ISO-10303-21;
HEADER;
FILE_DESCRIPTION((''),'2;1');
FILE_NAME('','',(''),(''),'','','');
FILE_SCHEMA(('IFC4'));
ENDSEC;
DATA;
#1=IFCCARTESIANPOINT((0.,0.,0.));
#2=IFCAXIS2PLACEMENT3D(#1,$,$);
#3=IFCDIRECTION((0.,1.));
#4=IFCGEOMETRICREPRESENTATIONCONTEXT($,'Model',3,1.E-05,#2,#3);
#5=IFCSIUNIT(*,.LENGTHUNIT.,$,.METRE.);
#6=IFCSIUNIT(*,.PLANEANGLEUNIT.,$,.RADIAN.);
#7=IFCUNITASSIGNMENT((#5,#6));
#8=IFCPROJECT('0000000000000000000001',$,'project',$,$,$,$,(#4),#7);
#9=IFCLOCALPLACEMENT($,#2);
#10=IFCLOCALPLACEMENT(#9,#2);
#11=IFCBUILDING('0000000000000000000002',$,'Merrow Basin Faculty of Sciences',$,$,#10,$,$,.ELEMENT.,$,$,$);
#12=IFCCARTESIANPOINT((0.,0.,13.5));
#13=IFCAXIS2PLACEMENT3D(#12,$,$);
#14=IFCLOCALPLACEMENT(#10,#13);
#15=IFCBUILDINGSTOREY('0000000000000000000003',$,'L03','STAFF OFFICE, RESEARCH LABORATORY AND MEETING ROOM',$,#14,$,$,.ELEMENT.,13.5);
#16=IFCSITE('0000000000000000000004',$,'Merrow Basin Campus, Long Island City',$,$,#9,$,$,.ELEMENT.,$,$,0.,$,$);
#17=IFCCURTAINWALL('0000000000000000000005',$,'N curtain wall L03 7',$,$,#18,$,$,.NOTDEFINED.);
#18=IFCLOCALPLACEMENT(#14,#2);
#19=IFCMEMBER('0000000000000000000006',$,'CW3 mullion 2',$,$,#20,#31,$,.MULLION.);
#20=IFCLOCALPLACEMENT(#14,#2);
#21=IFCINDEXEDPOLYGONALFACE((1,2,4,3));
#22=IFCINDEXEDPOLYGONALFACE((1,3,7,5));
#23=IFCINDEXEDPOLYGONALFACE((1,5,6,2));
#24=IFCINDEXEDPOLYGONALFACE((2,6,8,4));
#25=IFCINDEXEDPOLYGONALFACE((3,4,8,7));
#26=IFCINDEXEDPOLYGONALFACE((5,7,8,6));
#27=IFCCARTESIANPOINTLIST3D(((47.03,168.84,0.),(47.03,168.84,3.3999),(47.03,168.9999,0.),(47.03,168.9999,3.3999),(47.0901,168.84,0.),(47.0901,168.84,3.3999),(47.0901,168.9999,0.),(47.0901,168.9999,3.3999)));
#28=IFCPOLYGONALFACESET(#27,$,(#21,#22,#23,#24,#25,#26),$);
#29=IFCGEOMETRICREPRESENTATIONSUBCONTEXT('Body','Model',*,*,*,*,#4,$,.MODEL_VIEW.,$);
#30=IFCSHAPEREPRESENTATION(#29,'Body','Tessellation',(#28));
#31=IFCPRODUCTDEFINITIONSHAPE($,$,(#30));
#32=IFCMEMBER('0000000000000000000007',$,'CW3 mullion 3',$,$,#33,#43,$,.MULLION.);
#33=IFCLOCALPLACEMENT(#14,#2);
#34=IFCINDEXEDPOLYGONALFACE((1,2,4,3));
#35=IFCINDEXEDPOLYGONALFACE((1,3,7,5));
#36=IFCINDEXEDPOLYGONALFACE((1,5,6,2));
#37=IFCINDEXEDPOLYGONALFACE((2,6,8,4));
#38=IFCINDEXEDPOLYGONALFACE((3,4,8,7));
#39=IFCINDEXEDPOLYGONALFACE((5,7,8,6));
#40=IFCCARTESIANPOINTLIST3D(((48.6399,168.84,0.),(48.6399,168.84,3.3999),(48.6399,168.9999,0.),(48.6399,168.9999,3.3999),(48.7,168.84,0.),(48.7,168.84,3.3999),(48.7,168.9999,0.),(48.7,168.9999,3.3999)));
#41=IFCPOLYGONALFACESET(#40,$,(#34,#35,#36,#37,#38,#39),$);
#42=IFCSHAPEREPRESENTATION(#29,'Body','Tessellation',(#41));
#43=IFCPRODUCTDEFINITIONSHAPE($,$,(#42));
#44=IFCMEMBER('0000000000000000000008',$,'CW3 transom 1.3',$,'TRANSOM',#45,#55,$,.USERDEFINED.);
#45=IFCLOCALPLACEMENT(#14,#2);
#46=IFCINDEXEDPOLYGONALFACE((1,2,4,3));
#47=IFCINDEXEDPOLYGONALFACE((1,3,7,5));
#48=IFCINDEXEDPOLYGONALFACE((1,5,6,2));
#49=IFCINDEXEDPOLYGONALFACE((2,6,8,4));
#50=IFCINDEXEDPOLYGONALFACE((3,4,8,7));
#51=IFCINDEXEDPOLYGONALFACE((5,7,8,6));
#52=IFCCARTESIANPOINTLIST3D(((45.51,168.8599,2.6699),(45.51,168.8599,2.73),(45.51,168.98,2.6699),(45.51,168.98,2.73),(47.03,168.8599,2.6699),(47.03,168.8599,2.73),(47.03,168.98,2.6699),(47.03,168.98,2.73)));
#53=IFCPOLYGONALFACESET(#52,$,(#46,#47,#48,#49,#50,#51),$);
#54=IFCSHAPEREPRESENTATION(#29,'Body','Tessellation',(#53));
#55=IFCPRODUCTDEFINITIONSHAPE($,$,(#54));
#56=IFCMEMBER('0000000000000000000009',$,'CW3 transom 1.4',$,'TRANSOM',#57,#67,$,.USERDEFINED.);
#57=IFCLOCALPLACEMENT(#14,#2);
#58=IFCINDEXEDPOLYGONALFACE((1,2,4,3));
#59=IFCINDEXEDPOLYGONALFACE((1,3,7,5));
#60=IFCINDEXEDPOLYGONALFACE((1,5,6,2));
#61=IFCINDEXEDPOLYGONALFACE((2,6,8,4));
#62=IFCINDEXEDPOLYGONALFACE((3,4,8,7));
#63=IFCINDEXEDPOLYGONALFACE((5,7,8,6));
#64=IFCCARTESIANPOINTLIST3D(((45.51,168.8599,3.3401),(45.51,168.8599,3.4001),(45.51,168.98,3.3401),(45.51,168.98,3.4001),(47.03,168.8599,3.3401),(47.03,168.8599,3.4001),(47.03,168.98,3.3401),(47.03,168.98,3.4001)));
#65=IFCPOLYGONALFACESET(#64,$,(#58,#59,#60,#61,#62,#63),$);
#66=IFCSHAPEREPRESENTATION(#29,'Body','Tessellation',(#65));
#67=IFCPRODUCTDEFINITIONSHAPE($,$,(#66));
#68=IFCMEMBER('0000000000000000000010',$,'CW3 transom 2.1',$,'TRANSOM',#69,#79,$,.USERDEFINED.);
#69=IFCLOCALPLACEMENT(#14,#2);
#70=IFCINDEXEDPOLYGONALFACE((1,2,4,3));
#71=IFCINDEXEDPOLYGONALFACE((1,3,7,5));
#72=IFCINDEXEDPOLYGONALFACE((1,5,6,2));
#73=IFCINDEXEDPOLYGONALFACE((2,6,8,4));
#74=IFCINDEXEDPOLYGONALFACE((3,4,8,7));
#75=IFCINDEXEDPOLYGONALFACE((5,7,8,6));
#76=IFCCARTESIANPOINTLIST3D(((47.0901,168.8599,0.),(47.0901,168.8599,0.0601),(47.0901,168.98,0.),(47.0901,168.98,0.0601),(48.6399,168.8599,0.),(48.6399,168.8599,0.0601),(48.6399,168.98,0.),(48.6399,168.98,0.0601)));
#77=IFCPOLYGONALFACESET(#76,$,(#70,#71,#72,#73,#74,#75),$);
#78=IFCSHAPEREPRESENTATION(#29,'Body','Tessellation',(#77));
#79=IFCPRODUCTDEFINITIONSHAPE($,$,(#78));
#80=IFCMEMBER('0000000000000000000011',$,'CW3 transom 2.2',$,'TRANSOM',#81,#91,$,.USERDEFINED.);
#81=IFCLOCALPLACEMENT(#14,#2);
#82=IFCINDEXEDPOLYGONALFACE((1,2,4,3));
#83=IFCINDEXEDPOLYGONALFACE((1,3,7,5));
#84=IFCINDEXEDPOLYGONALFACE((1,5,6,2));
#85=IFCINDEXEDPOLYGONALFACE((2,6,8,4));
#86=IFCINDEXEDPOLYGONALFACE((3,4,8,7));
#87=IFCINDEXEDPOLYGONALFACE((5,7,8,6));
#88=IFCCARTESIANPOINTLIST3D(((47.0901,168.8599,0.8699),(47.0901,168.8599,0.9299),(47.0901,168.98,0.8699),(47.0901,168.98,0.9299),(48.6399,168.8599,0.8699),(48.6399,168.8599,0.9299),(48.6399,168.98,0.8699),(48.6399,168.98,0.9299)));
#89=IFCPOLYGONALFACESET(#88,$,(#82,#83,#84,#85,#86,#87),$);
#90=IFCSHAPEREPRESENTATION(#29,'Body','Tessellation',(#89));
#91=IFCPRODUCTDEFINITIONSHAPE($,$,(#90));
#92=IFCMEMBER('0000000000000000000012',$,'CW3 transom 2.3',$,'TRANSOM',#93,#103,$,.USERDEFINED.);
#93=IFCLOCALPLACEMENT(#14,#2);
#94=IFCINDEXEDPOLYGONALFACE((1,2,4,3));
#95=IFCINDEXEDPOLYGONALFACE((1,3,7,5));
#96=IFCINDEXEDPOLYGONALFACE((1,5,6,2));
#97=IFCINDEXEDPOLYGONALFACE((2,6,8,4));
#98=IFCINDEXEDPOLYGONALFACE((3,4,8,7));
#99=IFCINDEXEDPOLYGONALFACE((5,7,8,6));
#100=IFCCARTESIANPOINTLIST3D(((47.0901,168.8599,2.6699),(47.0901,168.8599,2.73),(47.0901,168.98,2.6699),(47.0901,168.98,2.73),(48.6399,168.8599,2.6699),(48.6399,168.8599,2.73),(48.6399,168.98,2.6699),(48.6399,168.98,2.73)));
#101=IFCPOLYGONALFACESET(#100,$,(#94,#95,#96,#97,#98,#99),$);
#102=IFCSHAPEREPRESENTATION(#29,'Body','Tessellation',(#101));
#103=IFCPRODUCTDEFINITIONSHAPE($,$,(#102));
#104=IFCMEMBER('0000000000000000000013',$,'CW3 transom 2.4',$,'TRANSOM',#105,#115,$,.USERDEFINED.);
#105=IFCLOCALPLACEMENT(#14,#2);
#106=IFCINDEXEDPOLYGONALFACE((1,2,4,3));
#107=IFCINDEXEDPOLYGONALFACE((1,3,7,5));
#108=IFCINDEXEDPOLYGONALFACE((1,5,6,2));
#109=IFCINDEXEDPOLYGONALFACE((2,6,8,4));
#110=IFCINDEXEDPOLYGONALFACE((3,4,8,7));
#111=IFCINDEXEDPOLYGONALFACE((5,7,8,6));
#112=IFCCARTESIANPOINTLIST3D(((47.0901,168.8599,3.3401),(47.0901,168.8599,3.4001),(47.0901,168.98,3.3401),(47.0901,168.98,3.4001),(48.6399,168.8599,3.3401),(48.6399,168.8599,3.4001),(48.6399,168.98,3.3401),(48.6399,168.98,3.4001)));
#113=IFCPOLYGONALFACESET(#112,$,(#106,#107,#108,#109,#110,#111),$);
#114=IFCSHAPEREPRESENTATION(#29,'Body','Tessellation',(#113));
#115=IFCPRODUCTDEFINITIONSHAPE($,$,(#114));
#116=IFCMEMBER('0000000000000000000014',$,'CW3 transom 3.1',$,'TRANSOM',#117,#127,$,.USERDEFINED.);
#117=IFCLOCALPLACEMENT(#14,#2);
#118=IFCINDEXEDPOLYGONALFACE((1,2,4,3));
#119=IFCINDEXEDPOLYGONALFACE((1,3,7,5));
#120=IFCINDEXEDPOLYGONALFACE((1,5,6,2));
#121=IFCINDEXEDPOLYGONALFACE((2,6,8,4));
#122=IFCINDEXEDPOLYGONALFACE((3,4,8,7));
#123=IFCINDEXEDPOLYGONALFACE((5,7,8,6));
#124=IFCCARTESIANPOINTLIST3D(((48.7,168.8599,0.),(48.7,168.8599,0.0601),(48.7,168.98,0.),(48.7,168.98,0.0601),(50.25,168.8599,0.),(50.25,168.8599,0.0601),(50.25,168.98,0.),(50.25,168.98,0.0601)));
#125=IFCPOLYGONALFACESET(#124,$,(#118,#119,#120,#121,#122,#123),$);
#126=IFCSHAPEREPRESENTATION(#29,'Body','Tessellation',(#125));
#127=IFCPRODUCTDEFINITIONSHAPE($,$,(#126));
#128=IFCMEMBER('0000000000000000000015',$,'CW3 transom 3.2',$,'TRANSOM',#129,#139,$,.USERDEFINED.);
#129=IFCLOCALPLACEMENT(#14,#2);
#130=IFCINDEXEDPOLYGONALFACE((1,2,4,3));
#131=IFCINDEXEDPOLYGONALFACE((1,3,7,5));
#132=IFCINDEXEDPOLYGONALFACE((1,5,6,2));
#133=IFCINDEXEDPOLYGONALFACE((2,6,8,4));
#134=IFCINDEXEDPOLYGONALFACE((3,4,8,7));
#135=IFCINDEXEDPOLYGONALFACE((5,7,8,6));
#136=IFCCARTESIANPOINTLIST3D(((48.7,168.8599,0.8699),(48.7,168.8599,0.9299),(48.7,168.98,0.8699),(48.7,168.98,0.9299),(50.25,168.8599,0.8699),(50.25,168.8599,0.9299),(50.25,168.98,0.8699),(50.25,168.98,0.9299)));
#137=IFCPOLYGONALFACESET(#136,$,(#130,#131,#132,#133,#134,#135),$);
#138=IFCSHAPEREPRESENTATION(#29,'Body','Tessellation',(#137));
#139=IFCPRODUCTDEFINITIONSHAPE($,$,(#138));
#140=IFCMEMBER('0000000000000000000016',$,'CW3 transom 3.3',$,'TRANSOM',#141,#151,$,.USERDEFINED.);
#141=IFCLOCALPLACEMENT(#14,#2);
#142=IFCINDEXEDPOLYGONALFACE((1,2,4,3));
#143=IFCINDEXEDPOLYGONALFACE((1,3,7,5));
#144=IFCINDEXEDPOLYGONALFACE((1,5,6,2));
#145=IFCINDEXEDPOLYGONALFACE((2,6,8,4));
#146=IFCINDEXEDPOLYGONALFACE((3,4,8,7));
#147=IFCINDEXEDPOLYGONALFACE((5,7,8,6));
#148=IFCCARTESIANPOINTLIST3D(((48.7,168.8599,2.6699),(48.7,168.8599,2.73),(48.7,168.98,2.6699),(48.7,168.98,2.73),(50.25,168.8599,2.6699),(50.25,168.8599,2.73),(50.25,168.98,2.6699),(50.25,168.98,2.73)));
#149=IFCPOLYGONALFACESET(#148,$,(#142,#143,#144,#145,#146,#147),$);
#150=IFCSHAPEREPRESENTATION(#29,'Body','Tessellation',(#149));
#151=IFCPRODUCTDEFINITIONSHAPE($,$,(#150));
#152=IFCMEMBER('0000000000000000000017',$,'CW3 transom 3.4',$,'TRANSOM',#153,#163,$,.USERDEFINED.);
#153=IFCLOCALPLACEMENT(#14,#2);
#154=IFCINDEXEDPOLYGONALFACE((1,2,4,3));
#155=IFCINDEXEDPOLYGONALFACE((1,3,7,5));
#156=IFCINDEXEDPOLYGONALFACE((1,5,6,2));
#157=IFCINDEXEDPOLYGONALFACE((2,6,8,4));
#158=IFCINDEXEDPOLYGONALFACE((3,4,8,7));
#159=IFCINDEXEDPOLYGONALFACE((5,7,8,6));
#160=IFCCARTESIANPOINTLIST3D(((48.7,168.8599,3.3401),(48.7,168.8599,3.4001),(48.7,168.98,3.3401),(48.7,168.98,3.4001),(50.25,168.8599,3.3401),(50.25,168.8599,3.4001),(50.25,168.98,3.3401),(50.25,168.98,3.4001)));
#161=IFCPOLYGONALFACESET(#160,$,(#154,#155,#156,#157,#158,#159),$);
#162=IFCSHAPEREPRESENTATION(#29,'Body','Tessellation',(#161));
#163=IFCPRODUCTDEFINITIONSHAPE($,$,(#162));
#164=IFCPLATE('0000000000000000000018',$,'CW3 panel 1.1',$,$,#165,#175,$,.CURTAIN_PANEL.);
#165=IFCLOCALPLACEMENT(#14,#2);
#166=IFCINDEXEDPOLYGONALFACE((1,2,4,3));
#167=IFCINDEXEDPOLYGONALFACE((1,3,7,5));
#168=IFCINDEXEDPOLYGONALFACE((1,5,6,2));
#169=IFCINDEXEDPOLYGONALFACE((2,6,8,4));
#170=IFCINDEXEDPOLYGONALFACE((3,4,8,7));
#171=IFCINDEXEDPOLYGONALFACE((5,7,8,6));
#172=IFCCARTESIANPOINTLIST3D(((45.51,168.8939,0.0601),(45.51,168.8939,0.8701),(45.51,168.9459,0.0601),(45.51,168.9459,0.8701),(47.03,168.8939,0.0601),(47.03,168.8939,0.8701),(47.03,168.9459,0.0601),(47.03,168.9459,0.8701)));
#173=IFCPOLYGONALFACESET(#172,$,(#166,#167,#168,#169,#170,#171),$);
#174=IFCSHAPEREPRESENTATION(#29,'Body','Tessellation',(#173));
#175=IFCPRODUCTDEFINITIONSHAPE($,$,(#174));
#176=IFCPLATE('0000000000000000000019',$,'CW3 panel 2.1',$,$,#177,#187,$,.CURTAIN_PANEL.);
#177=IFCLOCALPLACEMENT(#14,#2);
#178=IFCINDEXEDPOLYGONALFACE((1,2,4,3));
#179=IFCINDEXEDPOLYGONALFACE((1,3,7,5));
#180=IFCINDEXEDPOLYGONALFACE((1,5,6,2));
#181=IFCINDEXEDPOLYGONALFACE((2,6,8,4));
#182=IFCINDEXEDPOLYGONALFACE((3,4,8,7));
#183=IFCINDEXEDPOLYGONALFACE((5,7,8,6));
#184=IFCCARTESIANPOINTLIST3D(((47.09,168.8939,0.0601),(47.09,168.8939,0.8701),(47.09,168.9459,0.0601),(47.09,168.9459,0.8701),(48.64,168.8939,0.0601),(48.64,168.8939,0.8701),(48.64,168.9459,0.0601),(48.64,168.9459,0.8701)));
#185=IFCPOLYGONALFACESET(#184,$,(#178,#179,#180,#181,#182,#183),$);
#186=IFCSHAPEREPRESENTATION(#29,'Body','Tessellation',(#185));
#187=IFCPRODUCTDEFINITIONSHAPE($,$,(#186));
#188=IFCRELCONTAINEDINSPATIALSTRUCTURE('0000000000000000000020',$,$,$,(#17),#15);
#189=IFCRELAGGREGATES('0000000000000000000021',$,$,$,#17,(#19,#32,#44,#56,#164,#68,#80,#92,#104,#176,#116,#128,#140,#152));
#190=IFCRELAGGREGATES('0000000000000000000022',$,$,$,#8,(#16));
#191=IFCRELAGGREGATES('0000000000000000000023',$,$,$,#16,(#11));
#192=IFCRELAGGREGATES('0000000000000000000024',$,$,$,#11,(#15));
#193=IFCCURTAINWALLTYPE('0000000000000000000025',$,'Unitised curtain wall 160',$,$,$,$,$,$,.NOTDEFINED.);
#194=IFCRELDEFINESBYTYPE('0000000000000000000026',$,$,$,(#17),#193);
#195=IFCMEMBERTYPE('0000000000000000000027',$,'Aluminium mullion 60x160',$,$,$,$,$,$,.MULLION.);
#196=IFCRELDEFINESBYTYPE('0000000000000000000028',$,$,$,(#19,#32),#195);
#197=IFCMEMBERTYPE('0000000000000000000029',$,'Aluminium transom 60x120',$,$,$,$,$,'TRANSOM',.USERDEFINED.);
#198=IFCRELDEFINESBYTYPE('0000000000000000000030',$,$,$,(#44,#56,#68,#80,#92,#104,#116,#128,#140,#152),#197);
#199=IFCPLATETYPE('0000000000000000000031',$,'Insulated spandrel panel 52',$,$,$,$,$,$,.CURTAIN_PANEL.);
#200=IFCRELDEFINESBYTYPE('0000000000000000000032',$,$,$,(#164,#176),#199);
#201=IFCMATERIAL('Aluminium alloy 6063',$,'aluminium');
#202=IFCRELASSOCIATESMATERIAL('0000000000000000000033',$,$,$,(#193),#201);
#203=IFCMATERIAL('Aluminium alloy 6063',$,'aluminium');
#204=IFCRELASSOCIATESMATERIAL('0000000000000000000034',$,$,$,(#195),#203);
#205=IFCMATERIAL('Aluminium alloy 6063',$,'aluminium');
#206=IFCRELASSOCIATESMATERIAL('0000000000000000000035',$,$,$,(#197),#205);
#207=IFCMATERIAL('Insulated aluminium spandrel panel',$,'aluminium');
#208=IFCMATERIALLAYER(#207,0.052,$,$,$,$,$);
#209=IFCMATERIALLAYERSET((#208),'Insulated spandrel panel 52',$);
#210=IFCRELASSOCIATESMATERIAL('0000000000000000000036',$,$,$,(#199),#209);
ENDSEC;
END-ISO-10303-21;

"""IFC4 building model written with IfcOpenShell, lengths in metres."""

from ifc_helpers import new_model, si_unit, direction, frame, origin, origin_2d, place, context, subcontext, project, spatial, rectangle, extrude, material, layer, layer_set, material_profile, profile_set, type_object, element, aggregate, save


model = new_model("IFC4")

# Units and contexts
model_context = context("Model", 3, precision=1e-05, world=origin(), true_north=direction((0.0, 1.0)))
body_context = subcontext(model_context, "Body", "Model", "MODEL_VIEW")
ifc_project = project(units=[si_unit("LENGTHUNIT", "METRE"), si_unit("PLANEANGLEUNIT", "RADIAN")], contexts=[model_context])

# Site, building, storey
site_placement = place(None, origin())
site = spatial("IfcSite", under=ifc_project, at=site_placement, Name="Merrow Basin Campus, Long Island City", CompositionType="ELEMENT", RefElevation=0.0)
building_placement = place(site_placement, origin())
building = spatial("IfcBuilding", under=site, at=building_placement, Name="Merrow Basin Faculty of Sciences", CompositionType="ELEMENT")
storey_placement = place(building_placement, frame((0.0, 0.0, 13.5)))
storey = spatial("IfcBuildingStorey", under=building, at=storey_placement, Name="L03", Description="STAFF OFFICE, RESEARCH LABORATORY AND MEETING ROOM", CompositionType="ELEMENT", Elevation=13.5)

# Curtain wall, members, plates
ifc_material_1 = material(Name="Aluminium alloy 6063", Category="aluminium")
curtain_wall_type = type_object("IfcCurtainWallType", Name="Unitised curtain wall 160", PredefinedType="NOTDEFINED", material=ifc_material_1)
curtain_wall_placement = place(storey_placement, origin())
curtain_wall = element("IfcCurtainWall", 1, at=curtain_wall_placement, inside=storey, type_object=curtain_wall_type, Name="N curtain wall L03 7", PredefinedType="NOTDEFINED")
ifc_material_2 = material(Name="Aluminium alloy 6063", Category="aluminium")
ifc_material_profile_1 = material_profile(ifc_material_2, rectangle(XDim=0.1599, YDim=0.0601, at=origin_2d()))
ifc_profile_set_1 = profile_set([ifc_material_profile_1], Name="Aluminium alloy 6063")
member_type_1 = type_object("IfcMemberType", Name="Aluminium mullion 60x160", PredefinedType="MULLION", material=ifc_profile_set_1)
member_1_placement = place(storey_placement, frame((47.0601, 168.9199, 0.0), z_axis=(0.0, 0.0, 1.0), x_axis=(0.0, 1.0, 0.0)))
member_1 = element("IfcMember", 2, at=member_1_placement, type_object=member_type_1, Name="CW3 mullion 2", PredefinedType="MULLION", context=body_context, shape_type="SweptSolid", body=[
    extrude(rectangle(XDim=0.1599, YDim=0.0601, at=origin_2d()), origin(), (0.0, 0.0, 1.0), 3.3999),
])
member_2_placement = place(storey_placement, frame((48.6699, 168.9199, 0.0), z_axis=(0.0, 0.0, 1.0), x_axis=(0.0, 1.0, 0.0)))
member_2 = element("IfcMember", 3, at=member_2_placement, type_object=member_type_1, Name="CW3 mullion 3", PredefinedType="MULLION", context=body_context, shape_type="SweptSolid", body=[
    extrude(rectangle(XDim=0.1599, YDim=0.0601, at=origin_2d()), origin(), (0.0, 0.0, 1.0), 3.3999),
])
ifc_material_3 = material(Name="Aluminium alloy 6063", Category="aluminium")
ifc_material_profile_2 = material_profile(ifc_material_3, rectangle(XDim=0.1201, YDim=0.0601, at=origin_2d()))
ifc_profile_set_2 = profile_set([ifc_material_profile_2], Name="Aluminium alloy 6063")
member_type_2 = type_object("IfcMemberType", Name="Aluminium transom 60x120", ElementType="TRANSOM", PredefinedType="USERDEFINED", material=ifc_profile_set_2)
member_3_placement = place(storey_placement, frame((45.51, 168.9199, 2.7), z_axis=(1.0, 0.0, 0.0), x_axis=(0.0, 1.0, 0.0)))
member_3 = element("IfcMember", 4, at=member_3_placement, type_object=member_type_2, Name="CW3 transom 1.3", ObjectType="TRANSOM", PredefinedType="USERDEFINED", context=body_context, shape_type="SweptSolid", body=[
    extrude(rectangle(XDim=0.1201, YDim=0.0601, at=origin_2d()), origin(), (0.0, 0.0, 1.0), 1.52),
])
member_4_placement = place(storey_placement, frame((45.51, 168.9199, 3.3701), z_axis=(1.0, 0.0, 0.0), x_axis=(0.0, 1.0, 0.0)))
member_4 = element("IfcMember", 5, at=member_4_placement, type_object=member_type_2, Name="CW3 transom 1.4", ObjectType="TRANSOM", PredefinedType="USERDEFINED", context=body_context, shape_type="SweptSolid", body=[
    extrude(rectangle(XDim=0.1201, YDim=0.0601, at=origin_2d()), origin(), (0.0, 0.0, 1.0), 1.52),
])
member_5_placement = place(storey_placement, frame((47.0901, 168.9199, 0.03), z_axis=(1.0, 0.0, 0.0), x_axis=(0.0, 1.0, 0.0)))
member_5 = element("IfcMember", 6, at=member_5_placement, type_object=member_type_2, Name="CW3 transom 2.1", ObjectType="TRANSOM", PredefinedType="USERDEFINED", context=body_context, shape_type="SweptSolid", body=[
    extrude(rectangle(XDim=0.1201, YDim=0.0601, at=origin_2d()), origin(), (0.0, 0.0, 1.0), 1.5498),
])
member_6_placement = place(storey_placement, frame((47.0901, 168.9199, 0.8999), z_axis=(1.0, 0.0, 0.0), x_axis=(0.0, 1.0, 0.0)))
member_6 = element("IfcMember", 7, at=member_6_placement, type_object=member_type_2, Name="CW3 transom 2.2", ObjectType="TRANSOM", PredefinedType="USERDEFINED", context=body_context, shape_type="SweptSolid", body=[
    extrude(rectangle(XDim=0.1201, YDim=0.0601, at=origin_2d()), origin(), (0.0, 0.0, 1.0), 1.5498),
])
member_7_placement = place(storey_placement, frame((47.0901, 168.9199, 2.7), z_axis=(1.0, 0.0, 0.0), x_axis=(0.0, 1.0, 0.0)))
member_7 = element("IfcMember", 8, at=member_7_placement, type_object=member_type_2, Name="CW3 transom 2.3", ObjectType="TRANSOM", PredefinedType="USERDEFINED", context=body_context, shape_type="SweptSolid", body=[
    extrude(rectangle(XDim=0.1201, YDim=0.0601, at=origin_2d()), origin(), (0.0, 0.0, 1.0), 1.5498),
])
member_8_placement = place(storey_placement, frame((47.0901, 168.9199, 3.3701), z_axis=(1.0, 0.0, 0.0), x_axis=(0.0, 1.0, 0.0)))
member_8 = element("IfcMember", 9, at=member_8_placement, type_object=member_type_2, Name="CW3 transom 2.4", ObjectType="TRANSOM", PredefinedType="USERDEFINED", context=body_context, shape_type="SweptSolid", body=[
    extrude(rectangle(XDim=0.1201, YDim=0.0601, at=origin_2d()), origin(), (0.0, 0.0, 1.0), 1.5498),
])
member_9_placement = place(storey_placement, frame((48.7, 168.9199, 0.03), z_axis=(1.0, 0.0, 0.0), x_axis=(0.0, 1.0, 0.0)))
member_9 = element("IfcMember", 10, at=member_9_placement, type_object=member_type_2, Name="CW3 transom 3.1", ObjectType="TRANSOM", PredefinedType="USERDEFINED", context=body_context, shape_type="SweptSolid", body=[
    extrude(rectangle(XDim=0.1201, YDim=0.0601, at=origin_2d()), origin(), (0.0, 0.0, 1.0), 1.55),
])
member_10_placement = place(storey_placement, frame((48.7, 168.9199, 0.8999), z_axis=(1.0, 0.0, 0.0), x_axis=(0.0, 1.0, 0.0)))
member_10 = element("IfcMember", 11, at=member_10_placement, type_object=member_type_2, Name="CW3 transom 3.2", ObjectType="TRANSOM", PredefinedType="USERDEFINED", context=body_context, shape_type="SweptSolid", body=[
    extrude(rectangle(XDim=0.1201, YDim=0.0601, at=origin_2d()), origin(), (0.0, 0.0, 1.0), 1.55),
])
member_11_placement = place(storey_placement, frame((48.7, 168.9199, 2.7), z_axis=(1.0, 0.0, 0.0), x_axis=(0.0, 1.0, 0.0)))
member_11 = element("IfcMember", 12, at=member_11_placement, type_object=member_type_2, Name="CW3 transom 3.3", ObjectType="TRANSOM", PredefinedType="USERDEFINED", context=body_context, shape_type="SweptSolid", body=[
    extrude(rectangle(XDim=0.1201, YDim=0.0601, at=origin_2d()), origin(), (0.0, 0.0, 1.0), 1.55),
])
member_12_placement = place(storey_placement, frame((48.7, 168.9199, 3.3701), z_axis=(1.0, 0.0, 0.0), x_axis=(0.0, 1.0, 0.0)))
member_12 = element("IfcMember", 13, at=member_12_placement, type_object=member_type_2, Name="CW3 transom 3.4", ObjectType="TRANSOM", PredefinedType="USERDEFINED", context=body_context, shape_type="SweptSolid", body=[
    extrude(rectangle(XDim=0.1201, YDim=0.0601, at=origin_2d()), origin(), (0.0, 0.0, 1.0), 1.55),
])
ifc_material_4 = material(Name="Insulated aluminium spandrel panel", Category="aluminium")
ifc_layer_1 = layer(ifc_material_4, 0.052)
ifc_layer_set_1 = layer_set([ifc_layer_1], Name="Insulated spandrel panel 52")
plate_type_1 = type_object("IfcPlateType", Name="Insulated spandrel panel 52", PredefinedType="CURTAIN_PANEL", material=ifc_layer_set_1)
plate_1_placement = place(storey_placement, frame((46.27, 168.9199, 0.0601), z_axis=(0.0, 0.0, 1.0), x_axis=(1.0, 0.0, 0.0)))
plate_1 = element("IfcPlate", 14, at=plate_1_placement, type_object=plate_type_1, Name="CW3 panel 1.1", PredefinedType="CURTAIN_PANEL", context=body_context, shape_type="SweptSolid", body=[
    extrude(rectangle(XDim=1.52, YDim=0.052, at=origin_2d()), origin(), (0.0, 0.0, 1.0), 0.8101),
])
plate_2_placement = place(storey_placement, frame((47.865, 168.9199, 0.0601), z_axis=(0.0, 0.0, 1.0), x_axis=(1.0, 0.0, 0.0)))
plate_2 = element("IfcPlate", 15, at=plate_2_placement, type_object=plate_type_1, Name="CW3 panel 2.1", PredefinedType="CURTAIN_PANEL", context=body_context, shape_type="SweptSolid", body=[
    extrude(rectangle(XDim=1.55, YDim=0.052, at=origin_2d()), origin(), (0.0, 0.0, 1.0), 0.8101),
])
aggregate(curtain_wall, [member_1, member_2, member_3, member_4, plate_1, member_5, member_6, member_7, member_8, plate_2, member_9, member_10, member_11, member_12])

save(model, "model.ifc")
